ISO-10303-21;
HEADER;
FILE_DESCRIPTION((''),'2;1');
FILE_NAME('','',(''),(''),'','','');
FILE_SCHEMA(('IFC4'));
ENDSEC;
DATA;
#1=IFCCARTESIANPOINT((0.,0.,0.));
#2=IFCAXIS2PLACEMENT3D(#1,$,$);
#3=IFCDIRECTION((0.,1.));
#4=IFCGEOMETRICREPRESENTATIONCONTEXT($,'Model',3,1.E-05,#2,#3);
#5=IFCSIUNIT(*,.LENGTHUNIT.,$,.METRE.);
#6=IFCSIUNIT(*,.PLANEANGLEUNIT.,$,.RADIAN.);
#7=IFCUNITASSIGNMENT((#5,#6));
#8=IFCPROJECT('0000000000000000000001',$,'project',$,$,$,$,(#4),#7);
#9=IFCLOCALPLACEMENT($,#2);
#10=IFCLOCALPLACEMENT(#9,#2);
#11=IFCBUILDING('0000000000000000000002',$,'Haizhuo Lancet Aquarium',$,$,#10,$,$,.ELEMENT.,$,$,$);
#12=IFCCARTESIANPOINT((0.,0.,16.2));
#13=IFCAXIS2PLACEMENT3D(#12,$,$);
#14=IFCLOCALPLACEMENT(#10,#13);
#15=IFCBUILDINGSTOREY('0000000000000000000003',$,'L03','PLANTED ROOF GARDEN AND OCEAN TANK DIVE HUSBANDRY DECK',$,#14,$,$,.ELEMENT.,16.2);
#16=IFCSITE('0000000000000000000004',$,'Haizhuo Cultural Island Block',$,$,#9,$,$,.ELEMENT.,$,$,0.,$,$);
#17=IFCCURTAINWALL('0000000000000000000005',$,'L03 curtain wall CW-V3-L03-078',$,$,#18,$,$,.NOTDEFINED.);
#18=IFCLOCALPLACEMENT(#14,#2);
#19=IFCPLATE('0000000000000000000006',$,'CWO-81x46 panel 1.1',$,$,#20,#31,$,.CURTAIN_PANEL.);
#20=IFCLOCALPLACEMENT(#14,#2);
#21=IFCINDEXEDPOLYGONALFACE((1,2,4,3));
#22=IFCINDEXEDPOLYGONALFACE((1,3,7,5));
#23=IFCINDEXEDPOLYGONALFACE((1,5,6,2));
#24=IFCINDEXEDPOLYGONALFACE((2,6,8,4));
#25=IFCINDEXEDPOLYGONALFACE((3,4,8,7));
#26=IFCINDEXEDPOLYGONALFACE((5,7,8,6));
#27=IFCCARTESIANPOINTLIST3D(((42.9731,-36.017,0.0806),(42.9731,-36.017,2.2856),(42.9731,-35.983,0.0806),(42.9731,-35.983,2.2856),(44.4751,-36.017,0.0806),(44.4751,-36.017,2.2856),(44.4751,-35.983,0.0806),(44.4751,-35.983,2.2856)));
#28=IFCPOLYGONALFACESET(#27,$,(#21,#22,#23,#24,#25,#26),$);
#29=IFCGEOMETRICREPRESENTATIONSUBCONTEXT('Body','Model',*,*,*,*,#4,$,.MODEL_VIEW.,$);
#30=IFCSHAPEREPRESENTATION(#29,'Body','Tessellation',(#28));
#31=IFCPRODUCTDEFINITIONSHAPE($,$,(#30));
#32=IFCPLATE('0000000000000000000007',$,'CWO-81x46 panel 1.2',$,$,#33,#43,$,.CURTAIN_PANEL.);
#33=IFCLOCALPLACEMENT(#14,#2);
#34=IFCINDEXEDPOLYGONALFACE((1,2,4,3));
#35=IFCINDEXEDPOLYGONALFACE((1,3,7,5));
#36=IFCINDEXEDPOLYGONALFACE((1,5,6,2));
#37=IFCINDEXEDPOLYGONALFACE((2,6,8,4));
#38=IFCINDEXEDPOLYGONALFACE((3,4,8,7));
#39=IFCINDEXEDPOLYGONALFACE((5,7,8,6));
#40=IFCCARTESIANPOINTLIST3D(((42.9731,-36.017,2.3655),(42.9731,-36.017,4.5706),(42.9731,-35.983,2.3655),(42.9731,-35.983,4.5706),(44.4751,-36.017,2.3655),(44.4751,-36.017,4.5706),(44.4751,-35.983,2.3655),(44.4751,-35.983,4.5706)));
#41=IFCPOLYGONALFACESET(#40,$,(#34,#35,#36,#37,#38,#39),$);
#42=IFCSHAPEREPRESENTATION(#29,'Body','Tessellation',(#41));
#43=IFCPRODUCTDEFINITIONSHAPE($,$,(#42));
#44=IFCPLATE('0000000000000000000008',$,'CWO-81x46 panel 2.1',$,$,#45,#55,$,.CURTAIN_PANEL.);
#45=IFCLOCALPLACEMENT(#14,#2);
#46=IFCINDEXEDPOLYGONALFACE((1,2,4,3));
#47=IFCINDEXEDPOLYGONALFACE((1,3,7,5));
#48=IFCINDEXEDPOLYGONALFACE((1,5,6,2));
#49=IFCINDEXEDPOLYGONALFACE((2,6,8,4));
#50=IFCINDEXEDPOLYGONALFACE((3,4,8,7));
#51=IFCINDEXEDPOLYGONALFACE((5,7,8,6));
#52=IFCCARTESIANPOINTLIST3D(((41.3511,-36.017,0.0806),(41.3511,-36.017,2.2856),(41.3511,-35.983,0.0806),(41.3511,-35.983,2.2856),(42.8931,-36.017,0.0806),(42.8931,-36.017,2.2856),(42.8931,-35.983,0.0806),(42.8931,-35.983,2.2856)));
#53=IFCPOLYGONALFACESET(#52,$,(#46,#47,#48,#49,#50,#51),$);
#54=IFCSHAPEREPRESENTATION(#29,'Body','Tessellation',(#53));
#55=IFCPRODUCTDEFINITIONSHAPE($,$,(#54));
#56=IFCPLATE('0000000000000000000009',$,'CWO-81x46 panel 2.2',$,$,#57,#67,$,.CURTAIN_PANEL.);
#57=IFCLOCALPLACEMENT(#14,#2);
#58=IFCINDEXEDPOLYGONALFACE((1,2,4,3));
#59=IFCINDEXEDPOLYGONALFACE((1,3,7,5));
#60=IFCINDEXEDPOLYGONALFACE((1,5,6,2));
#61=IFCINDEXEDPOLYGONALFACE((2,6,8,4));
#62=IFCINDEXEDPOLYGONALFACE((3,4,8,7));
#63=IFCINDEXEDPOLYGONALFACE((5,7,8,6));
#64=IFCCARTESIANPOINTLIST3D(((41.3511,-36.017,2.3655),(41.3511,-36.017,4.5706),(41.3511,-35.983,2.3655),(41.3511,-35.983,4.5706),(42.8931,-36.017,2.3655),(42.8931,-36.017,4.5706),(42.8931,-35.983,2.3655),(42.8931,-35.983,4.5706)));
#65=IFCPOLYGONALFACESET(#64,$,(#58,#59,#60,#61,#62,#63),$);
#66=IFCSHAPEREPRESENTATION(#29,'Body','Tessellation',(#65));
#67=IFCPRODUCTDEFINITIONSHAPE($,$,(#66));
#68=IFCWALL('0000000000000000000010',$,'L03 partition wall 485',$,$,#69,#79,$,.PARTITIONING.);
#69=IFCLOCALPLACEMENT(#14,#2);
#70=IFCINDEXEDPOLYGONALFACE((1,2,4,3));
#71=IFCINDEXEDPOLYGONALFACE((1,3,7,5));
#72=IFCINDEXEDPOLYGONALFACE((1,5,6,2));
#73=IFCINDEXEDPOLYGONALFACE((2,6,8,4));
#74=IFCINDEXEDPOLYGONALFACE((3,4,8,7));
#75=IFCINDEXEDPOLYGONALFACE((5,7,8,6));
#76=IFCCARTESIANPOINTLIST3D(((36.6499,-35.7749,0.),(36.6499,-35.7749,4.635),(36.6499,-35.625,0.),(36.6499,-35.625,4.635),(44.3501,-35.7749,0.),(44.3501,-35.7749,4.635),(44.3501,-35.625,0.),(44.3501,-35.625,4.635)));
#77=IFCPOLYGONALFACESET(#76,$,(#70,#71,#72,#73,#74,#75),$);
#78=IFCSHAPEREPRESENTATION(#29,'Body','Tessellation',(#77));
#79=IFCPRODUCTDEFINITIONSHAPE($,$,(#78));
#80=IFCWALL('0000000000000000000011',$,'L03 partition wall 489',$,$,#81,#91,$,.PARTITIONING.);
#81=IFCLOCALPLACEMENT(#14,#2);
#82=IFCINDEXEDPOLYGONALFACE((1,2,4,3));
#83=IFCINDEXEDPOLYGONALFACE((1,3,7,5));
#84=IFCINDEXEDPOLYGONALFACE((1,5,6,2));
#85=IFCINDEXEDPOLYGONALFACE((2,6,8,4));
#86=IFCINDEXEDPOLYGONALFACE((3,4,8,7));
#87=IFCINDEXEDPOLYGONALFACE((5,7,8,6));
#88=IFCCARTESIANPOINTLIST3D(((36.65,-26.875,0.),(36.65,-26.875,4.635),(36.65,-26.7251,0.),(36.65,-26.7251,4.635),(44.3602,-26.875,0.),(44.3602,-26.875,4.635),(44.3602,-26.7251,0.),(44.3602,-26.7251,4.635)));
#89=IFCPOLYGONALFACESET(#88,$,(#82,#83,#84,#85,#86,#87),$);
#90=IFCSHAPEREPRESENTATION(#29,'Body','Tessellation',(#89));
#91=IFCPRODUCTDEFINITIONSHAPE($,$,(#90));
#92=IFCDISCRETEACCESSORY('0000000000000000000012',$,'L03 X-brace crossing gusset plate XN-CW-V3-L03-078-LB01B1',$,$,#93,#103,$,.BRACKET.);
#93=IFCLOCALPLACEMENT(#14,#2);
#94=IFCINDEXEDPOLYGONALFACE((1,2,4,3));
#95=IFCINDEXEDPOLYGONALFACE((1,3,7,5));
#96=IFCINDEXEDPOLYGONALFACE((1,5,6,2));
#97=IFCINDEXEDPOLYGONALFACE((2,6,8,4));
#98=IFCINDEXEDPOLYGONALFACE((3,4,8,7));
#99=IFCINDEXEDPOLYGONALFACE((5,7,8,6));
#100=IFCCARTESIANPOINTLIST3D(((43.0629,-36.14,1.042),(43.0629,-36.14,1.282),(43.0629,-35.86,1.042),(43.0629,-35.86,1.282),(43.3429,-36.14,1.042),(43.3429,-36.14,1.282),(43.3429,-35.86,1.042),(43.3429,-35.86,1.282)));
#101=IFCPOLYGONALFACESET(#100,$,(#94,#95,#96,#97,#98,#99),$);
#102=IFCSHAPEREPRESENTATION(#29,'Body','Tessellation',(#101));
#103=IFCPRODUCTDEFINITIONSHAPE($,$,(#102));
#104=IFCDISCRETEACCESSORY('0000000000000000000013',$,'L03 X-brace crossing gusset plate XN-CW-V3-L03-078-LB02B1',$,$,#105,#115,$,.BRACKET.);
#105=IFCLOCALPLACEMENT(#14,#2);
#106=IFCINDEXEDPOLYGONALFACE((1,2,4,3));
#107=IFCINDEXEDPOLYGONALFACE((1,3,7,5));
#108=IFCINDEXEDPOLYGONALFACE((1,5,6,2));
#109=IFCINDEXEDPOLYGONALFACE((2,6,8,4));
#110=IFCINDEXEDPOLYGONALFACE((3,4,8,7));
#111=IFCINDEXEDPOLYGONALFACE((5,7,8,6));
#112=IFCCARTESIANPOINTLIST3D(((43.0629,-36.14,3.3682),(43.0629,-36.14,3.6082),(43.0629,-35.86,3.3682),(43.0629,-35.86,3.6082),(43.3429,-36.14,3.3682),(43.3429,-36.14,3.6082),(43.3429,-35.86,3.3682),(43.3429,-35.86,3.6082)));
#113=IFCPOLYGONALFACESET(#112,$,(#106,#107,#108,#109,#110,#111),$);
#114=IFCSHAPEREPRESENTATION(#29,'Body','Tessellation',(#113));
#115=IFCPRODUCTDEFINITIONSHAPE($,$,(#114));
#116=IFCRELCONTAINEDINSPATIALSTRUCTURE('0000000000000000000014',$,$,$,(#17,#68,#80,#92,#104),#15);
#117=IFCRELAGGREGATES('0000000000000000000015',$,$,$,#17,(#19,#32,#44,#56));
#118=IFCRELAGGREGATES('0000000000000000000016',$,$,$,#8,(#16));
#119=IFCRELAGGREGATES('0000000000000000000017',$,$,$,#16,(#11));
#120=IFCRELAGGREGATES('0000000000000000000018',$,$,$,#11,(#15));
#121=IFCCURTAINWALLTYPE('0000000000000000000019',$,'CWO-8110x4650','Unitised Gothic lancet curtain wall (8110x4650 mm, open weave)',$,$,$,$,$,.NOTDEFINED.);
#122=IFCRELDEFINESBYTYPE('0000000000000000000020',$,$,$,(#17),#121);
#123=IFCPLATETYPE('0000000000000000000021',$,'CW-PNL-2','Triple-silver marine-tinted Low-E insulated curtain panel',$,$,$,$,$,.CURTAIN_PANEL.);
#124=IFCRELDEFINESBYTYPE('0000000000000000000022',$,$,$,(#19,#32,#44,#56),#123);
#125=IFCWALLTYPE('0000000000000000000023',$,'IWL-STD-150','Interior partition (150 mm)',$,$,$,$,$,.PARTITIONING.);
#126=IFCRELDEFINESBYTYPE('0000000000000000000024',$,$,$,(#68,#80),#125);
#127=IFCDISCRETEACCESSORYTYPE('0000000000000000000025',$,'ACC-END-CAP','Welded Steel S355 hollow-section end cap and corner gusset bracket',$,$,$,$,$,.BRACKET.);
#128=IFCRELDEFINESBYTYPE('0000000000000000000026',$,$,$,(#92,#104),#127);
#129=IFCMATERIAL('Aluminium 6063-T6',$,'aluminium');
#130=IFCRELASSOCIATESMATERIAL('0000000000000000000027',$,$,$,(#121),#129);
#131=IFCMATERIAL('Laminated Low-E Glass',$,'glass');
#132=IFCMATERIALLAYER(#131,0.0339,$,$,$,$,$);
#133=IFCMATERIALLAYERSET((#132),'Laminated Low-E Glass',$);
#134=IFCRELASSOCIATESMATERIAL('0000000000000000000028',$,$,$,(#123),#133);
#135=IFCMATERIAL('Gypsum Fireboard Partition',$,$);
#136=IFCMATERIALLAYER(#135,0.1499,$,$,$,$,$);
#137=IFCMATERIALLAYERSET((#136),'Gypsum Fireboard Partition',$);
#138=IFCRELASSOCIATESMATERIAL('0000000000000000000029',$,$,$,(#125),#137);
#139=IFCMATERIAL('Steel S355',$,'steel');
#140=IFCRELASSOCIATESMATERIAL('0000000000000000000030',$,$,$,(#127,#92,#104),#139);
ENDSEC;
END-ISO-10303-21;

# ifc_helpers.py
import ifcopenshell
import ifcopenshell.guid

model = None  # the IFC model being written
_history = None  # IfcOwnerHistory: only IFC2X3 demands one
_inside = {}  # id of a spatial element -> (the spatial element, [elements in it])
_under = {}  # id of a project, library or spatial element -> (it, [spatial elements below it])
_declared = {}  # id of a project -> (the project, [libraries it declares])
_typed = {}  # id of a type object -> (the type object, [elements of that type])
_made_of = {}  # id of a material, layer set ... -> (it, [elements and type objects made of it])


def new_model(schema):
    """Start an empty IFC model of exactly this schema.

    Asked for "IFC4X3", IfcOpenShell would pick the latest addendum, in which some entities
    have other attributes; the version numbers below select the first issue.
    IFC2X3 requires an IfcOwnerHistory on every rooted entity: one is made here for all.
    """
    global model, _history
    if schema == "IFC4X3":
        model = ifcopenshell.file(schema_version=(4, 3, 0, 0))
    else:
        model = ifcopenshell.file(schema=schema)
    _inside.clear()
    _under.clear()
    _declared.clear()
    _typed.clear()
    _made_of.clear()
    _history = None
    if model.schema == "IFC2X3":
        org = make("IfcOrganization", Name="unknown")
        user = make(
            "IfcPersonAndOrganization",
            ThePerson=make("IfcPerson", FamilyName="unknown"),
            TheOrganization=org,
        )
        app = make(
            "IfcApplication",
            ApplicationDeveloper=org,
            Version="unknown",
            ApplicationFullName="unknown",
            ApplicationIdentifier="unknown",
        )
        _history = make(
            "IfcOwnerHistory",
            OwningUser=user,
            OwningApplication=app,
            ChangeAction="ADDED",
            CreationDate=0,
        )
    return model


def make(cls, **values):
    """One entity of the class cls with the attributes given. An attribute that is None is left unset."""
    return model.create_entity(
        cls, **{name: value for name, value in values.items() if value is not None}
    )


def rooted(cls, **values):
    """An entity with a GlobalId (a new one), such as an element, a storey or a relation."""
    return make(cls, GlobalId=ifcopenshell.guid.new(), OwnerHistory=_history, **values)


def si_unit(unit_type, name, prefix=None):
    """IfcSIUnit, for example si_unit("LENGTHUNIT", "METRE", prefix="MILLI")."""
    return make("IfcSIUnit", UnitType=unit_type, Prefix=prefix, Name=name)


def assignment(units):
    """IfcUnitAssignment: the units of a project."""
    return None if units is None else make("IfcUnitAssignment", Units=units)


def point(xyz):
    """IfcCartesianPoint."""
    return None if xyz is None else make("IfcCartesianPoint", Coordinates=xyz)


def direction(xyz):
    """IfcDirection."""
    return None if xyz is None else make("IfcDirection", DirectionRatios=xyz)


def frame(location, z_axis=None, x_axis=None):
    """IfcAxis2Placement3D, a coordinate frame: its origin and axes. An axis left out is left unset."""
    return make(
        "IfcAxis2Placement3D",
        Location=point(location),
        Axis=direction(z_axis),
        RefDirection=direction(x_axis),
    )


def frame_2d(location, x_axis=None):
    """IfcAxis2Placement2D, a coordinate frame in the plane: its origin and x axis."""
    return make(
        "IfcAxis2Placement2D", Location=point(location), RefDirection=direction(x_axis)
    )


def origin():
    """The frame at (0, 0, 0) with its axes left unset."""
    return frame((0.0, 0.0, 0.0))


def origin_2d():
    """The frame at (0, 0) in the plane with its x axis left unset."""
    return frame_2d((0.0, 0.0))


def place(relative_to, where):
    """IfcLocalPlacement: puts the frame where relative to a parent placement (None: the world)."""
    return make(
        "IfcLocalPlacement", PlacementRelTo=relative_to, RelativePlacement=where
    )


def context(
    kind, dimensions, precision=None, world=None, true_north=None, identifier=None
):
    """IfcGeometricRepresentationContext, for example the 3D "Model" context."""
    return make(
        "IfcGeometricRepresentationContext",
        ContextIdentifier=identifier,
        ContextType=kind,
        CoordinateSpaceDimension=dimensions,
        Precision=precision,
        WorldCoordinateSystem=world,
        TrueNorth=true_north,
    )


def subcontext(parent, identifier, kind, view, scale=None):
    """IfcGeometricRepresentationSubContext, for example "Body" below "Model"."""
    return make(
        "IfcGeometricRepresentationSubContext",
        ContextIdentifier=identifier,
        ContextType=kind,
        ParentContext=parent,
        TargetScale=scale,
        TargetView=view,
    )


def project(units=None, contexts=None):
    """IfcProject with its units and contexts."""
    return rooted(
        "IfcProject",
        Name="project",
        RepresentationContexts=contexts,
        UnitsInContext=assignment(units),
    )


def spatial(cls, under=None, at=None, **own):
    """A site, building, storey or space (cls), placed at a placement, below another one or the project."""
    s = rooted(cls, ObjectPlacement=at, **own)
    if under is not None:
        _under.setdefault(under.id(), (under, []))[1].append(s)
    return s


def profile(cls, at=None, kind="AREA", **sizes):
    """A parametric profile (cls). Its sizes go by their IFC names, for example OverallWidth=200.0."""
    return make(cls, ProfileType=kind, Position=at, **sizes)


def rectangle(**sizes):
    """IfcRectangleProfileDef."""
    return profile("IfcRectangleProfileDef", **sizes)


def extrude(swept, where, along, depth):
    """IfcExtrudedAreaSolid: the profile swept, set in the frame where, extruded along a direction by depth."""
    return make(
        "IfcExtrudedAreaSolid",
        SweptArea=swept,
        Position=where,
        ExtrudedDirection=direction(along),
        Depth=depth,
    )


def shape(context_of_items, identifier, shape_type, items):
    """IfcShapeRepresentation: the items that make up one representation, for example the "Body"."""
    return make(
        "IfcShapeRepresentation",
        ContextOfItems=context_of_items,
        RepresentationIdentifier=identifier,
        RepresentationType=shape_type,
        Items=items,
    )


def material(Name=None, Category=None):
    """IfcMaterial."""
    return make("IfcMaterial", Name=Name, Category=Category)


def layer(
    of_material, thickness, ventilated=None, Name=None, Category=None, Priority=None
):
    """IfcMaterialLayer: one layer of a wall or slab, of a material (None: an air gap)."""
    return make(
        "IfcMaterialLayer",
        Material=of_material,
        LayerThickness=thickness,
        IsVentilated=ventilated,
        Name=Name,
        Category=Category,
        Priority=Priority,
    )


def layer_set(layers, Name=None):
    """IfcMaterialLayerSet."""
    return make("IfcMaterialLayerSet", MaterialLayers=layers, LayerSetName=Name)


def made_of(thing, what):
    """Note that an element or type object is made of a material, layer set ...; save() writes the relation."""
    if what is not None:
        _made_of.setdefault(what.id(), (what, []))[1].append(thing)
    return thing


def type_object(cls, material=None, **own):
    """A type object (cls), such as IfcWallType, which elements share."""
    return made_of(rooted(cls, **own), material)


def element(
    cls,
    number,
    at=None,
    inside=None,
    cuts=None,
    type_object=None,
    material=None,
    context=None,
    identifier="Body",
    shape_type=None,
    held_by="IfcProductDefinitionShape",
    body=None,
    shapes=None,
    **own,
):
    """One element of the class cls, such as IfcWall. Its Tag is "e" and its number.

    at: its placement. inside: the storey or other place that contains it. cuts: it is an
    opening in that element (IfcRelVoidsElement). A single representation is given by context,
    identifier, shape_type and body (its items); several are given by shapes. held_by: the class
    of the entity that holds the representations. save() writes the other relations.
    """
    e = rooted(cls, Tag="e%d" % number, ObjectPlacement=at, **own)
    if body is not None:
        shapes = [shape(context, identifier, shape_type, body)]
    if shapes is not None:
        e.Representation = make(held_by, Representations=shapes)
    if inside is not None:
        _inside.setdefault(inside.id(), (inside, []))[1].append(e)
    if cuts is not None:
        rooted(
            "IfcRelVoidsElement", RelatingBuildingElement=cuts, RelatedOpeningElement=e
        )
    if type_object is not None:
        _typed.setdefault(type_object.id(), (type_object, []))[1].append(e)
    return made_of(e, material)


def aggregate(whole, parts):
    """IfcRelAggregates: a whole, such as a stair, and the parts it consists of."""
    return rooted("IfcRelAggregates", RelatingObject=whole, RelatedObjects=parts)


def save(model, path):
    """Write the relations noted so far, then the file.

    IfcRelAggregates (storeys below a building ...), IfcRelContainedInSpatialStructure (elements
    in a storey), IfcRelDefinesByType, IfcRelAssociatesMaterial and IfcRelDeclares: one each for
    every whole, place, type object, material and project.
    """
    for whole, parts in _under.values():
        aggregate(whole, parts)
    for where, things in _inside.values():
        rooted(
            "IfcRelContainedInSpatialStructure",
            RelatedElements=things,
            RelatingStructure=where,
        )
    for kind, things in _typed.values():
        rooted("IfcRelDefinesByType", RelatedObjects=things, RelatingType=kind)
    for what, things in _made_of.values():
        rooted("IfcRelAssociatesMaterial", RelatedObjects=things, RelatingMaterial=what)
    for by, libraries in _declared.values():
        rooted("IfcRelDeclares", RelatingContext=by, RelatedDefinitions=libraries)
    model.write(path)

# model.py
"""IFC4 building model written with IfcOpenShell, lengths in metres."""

from ifc_helpers import new_model, si_unit, direction, frame, frame_2d, origin, origin_2d, place, context, subcontext, project, spatial, rectangle, extrude, material, layer, layer_set, type_object, element, aggregate, save


model = new_model("IFC4")

# Units and contexts
model_context = context("Model", 3, precision=1e-05, world=origin(), true_north=direction((0.0, 1.0)))
body_context = subcontext(model_context, "Body", "Model", "MODEL_VIEW")
ifc_project = project(units=[si_unit("LENGTHUNIT", "METRE"), si_unit("PLANEANGLEUNIT", "RADIAN")], contexts=[model_context])

# Site, building, storey
site_placement = place(None, origin())
site = spatial("IfcSite", under=ifc_project, at=site_placement, Name="Haizhuo Cultural Island Block", CompositionType="ELEMENT", RefElevation=0.0)
building_placement = place(site_placement, origin())
building = spatial("IfcBuilding", under=site, at=building_placement, Name="Haizhuo Lancet Aquarium", CompositionType="ELEMENT")
storey_placement = place(building_placement, frame((0.0, 0.0, 16.2)))
storey = spatial("IfcBuildingStorey", under=building, at=storey_placement, Name="L03", Description="PLANTED ROOF GARDEN AND OCEAN TANK DIVE HUSBANDRY DECK", CompositionType="ELEMENT", Elevation=16.2)

# Curtain wall
ifc_material_1 = material(Name="Aluminium 6063-T6", Category="aluminium")
curtain_wall_type = type_object("IfcCurtainWallType", Name="CWO-8110x4650", Description="Unitised Gothic lancet curtain wall (8110x4650 mm, open weave)", PredefinedType="NOTDEFINED", material=ifc_material_1)
curtain_wall_placement = place(storey_placement, origin())
curtain_wall = element("IfcCurtainWall", 1, at=curtain_wall_placement, inside=storey, type_object=curtain_wall_type, Name="L03 curtain wall CW-V3-L03-078", PredefinedType="NOTDEFINED")

# Shared definitions
ifc_material_2 = material(Name="Steel S355", Category="steel")

# Plates
ifc_material_3 = material(Name="Laminated Low-E Glass", Category="glass")
ifc_layer_1 = layer(ifc_material_3, 0.0339)
ifc_layer_set_1 = layer_set([ifc_layer_1], Name="Laminated Low-E Glass")
plate_type = type_object("IfcPlateType", Name="CW-PNL-2", Description="Triple-silver marine-tinted Low-E insulated curtain panel", PredefinedType="CURTAIN_PANEL", material=ifc_layer_set_1)
plate_1_placement = place(storey_placement, frame((43.7241, -36.0, 0.0806), z_axis=(0.0, 0.0, 1.0), x_axis=(-1.0, 0.0, 0.0)))
plate_1 = element("IfcPlate", 2, at=plate_1_placement, type_object=plate_type, Name="CWO-81x46 panel 1.1", PredefinedType="CURTAIN_PANEL", context=body_context, shape_type="SweptSolid", body=[
    extrude(rectangle(XDim=1.502, YDim=0.0339, at=origin_2d()), origin(), (0.0, 0.0, 1.0), 2.2051),
])
plate_2_placement = place(storey_placement, frame((43.7241, -36.0, 2.3655), z_axis=(0.0, 0.0, 1.0), x_axis=(-1.0, 0.0, 0.0)))
plate_2 = element("IfcPlate", 3, at=plate_2_placement, type_object=plate_type, Name="CWO-81x46 panel 1.2", PredefinedType="CURTAIN_PANEL", context=body_context, shape_type="SweptSolid", body=[
    extrude(rectangle(XDim=1.502, YDim=0.0339, at=origin_2d()), origin(), (0.0, 0.0, 1.0), 2.2051),
])
plate_3_placement = place(storey_placement, frame((42.1221, -36.0, 0.0806), z_axis=(0.0, 0.0, 1.0), x_axis=(-1.0, 0.0, 0.0)))
plate_3 = element("IfcPlate", 4, at=plate_3_placement, type_object=plate_type, Name="CWO-81x46 panel 2.1", PredefinedType="CURTAIN_PANEL", context=body_context, shape_type="SweptSolid", body=[
    extrude(rectangle(XDim=1.542, YDim=0.0339, at=origin_2d()), origin(), (0.0, 0.0, 1.0), 2.2051),
])
plate_4_placement = place(storey_placement, frame((42.1221, -36.0, 2.3655), z_axis=(0.0, 0.0, 1.0), x_axis=(-1.0, 0.0, 0.0)))
plate_4 = element("IfcPlate", 5, at=plate_4_placement, type_object=plate_type, Name="CWO-81x46 panel 2.2", PredefinedType="CURTAIN_PANEL", context=body_context, shape_type="SweptSolid", body=[
    extrude(rectangle(XDim=1.542, YDim=0.0339, at=origin_2d()), origin(), (0.0, 0.0, 1.0), 2.2051),
])
aggregate(curtain_wall, [plate_1, plate_2, plate_3, plate_4])

# Walls
ifc_material_4 = material(Name="Gypsum Fireboard Partition")
ifc_layer_2 = layer(ifc_material_4, 0.1499)
ifc_layer_set_2 = layer_set([ifc_layer_2], Name="Gypsum Fireboard Partition")
wall_type = type_object("IfcWallType", Name="IWL-STD-150", Description="Interior partition (150 mm)", PredefinedType="PARTITIONING", material=ifc_layer_set_2)
wall_1_placement = place(storey_placement, frame((36.6499, -35.7, 0.0), z_axis=(0.0, 0.0, 1.0), x_axis=(1.0, 0.0, 0.0)))
element("IfcWall", 6, at=wall_1_placement, inside=storey, type_object=wall_type, Name="L03 partition wall 485", PredefinedType="PARTITIONING", context=body_context, shape_type="SweptSolid", body=[
    extrude(rectangle(XDim=7.7002, YDim=0.1499, at=frame_2d((3.8501, 0.0))), origin(), (0.0, 0.0, 1.0), 4.635),
])
wall_2_placement = place(storey_placement, frame((44.3601, -26.8, 0.0), z_axis=(0.0, 0.0, 1.0), x_axis=(-1.0, 0.0, 0.0)))
element("IfcWall", 7, at=wall_2_placement, inside=storey, type_object=wall_type, Name="L03 partition wall 489", PredefinedType="PARTITIONING", context=body_context, shape_type="SweptSolid", body=[
    extrude(rectangle(XDim=7.7102, YDim=0.1499, at=frame_2d((3.855, 0.0))), origin(), (0.0, 0.0, 1.0), 4.635),
])

# Discrete accessories
discrete_accessory_type = type_object("IfcDiscreteAccessoryType", Name="ACC-END-CAP", Description="Welded Steel S355 hollow-section end cap and corner gusset bracket", PredefinedType="BRACKET", material=ifc_material_2)
for number, where, z_axis, x_axis, name in (
    (8, (43.2029, -36.0, 1.042), (0.0, 0.0, 1.0), (1.0, 0.0, 0.0), "L03 X-brace crossing gusset plate XN-CW-V3-L03-078-LB01B1"),
    (9, (43.2029, -36.0, 3.3682), (0.0, 0.0, 1.0), (1.0, 0.0, 0.0), "L03 X-brace crossing gusset plate XN-CW-V3-L03-078-LB02B1"),
):
    element("IfcDiscreteAccessory", number, at=place(storey_placement, frame(where, z_axis=z_axis, x_axis=x_axis)), inside=storey, type_object=discrete_accessory_type, material=ifc_material_2, Name=name, PredefinedType="BRACKET", context=body_context, shape_type="SweptSolid", body=[
        extrude(rectangle(XDim=0.28, YDim=0.28, at=origin_2d()), origin(), (0.0, 0.0, 1.0), 0.24),
    ])

save(model, "model.ifc")
